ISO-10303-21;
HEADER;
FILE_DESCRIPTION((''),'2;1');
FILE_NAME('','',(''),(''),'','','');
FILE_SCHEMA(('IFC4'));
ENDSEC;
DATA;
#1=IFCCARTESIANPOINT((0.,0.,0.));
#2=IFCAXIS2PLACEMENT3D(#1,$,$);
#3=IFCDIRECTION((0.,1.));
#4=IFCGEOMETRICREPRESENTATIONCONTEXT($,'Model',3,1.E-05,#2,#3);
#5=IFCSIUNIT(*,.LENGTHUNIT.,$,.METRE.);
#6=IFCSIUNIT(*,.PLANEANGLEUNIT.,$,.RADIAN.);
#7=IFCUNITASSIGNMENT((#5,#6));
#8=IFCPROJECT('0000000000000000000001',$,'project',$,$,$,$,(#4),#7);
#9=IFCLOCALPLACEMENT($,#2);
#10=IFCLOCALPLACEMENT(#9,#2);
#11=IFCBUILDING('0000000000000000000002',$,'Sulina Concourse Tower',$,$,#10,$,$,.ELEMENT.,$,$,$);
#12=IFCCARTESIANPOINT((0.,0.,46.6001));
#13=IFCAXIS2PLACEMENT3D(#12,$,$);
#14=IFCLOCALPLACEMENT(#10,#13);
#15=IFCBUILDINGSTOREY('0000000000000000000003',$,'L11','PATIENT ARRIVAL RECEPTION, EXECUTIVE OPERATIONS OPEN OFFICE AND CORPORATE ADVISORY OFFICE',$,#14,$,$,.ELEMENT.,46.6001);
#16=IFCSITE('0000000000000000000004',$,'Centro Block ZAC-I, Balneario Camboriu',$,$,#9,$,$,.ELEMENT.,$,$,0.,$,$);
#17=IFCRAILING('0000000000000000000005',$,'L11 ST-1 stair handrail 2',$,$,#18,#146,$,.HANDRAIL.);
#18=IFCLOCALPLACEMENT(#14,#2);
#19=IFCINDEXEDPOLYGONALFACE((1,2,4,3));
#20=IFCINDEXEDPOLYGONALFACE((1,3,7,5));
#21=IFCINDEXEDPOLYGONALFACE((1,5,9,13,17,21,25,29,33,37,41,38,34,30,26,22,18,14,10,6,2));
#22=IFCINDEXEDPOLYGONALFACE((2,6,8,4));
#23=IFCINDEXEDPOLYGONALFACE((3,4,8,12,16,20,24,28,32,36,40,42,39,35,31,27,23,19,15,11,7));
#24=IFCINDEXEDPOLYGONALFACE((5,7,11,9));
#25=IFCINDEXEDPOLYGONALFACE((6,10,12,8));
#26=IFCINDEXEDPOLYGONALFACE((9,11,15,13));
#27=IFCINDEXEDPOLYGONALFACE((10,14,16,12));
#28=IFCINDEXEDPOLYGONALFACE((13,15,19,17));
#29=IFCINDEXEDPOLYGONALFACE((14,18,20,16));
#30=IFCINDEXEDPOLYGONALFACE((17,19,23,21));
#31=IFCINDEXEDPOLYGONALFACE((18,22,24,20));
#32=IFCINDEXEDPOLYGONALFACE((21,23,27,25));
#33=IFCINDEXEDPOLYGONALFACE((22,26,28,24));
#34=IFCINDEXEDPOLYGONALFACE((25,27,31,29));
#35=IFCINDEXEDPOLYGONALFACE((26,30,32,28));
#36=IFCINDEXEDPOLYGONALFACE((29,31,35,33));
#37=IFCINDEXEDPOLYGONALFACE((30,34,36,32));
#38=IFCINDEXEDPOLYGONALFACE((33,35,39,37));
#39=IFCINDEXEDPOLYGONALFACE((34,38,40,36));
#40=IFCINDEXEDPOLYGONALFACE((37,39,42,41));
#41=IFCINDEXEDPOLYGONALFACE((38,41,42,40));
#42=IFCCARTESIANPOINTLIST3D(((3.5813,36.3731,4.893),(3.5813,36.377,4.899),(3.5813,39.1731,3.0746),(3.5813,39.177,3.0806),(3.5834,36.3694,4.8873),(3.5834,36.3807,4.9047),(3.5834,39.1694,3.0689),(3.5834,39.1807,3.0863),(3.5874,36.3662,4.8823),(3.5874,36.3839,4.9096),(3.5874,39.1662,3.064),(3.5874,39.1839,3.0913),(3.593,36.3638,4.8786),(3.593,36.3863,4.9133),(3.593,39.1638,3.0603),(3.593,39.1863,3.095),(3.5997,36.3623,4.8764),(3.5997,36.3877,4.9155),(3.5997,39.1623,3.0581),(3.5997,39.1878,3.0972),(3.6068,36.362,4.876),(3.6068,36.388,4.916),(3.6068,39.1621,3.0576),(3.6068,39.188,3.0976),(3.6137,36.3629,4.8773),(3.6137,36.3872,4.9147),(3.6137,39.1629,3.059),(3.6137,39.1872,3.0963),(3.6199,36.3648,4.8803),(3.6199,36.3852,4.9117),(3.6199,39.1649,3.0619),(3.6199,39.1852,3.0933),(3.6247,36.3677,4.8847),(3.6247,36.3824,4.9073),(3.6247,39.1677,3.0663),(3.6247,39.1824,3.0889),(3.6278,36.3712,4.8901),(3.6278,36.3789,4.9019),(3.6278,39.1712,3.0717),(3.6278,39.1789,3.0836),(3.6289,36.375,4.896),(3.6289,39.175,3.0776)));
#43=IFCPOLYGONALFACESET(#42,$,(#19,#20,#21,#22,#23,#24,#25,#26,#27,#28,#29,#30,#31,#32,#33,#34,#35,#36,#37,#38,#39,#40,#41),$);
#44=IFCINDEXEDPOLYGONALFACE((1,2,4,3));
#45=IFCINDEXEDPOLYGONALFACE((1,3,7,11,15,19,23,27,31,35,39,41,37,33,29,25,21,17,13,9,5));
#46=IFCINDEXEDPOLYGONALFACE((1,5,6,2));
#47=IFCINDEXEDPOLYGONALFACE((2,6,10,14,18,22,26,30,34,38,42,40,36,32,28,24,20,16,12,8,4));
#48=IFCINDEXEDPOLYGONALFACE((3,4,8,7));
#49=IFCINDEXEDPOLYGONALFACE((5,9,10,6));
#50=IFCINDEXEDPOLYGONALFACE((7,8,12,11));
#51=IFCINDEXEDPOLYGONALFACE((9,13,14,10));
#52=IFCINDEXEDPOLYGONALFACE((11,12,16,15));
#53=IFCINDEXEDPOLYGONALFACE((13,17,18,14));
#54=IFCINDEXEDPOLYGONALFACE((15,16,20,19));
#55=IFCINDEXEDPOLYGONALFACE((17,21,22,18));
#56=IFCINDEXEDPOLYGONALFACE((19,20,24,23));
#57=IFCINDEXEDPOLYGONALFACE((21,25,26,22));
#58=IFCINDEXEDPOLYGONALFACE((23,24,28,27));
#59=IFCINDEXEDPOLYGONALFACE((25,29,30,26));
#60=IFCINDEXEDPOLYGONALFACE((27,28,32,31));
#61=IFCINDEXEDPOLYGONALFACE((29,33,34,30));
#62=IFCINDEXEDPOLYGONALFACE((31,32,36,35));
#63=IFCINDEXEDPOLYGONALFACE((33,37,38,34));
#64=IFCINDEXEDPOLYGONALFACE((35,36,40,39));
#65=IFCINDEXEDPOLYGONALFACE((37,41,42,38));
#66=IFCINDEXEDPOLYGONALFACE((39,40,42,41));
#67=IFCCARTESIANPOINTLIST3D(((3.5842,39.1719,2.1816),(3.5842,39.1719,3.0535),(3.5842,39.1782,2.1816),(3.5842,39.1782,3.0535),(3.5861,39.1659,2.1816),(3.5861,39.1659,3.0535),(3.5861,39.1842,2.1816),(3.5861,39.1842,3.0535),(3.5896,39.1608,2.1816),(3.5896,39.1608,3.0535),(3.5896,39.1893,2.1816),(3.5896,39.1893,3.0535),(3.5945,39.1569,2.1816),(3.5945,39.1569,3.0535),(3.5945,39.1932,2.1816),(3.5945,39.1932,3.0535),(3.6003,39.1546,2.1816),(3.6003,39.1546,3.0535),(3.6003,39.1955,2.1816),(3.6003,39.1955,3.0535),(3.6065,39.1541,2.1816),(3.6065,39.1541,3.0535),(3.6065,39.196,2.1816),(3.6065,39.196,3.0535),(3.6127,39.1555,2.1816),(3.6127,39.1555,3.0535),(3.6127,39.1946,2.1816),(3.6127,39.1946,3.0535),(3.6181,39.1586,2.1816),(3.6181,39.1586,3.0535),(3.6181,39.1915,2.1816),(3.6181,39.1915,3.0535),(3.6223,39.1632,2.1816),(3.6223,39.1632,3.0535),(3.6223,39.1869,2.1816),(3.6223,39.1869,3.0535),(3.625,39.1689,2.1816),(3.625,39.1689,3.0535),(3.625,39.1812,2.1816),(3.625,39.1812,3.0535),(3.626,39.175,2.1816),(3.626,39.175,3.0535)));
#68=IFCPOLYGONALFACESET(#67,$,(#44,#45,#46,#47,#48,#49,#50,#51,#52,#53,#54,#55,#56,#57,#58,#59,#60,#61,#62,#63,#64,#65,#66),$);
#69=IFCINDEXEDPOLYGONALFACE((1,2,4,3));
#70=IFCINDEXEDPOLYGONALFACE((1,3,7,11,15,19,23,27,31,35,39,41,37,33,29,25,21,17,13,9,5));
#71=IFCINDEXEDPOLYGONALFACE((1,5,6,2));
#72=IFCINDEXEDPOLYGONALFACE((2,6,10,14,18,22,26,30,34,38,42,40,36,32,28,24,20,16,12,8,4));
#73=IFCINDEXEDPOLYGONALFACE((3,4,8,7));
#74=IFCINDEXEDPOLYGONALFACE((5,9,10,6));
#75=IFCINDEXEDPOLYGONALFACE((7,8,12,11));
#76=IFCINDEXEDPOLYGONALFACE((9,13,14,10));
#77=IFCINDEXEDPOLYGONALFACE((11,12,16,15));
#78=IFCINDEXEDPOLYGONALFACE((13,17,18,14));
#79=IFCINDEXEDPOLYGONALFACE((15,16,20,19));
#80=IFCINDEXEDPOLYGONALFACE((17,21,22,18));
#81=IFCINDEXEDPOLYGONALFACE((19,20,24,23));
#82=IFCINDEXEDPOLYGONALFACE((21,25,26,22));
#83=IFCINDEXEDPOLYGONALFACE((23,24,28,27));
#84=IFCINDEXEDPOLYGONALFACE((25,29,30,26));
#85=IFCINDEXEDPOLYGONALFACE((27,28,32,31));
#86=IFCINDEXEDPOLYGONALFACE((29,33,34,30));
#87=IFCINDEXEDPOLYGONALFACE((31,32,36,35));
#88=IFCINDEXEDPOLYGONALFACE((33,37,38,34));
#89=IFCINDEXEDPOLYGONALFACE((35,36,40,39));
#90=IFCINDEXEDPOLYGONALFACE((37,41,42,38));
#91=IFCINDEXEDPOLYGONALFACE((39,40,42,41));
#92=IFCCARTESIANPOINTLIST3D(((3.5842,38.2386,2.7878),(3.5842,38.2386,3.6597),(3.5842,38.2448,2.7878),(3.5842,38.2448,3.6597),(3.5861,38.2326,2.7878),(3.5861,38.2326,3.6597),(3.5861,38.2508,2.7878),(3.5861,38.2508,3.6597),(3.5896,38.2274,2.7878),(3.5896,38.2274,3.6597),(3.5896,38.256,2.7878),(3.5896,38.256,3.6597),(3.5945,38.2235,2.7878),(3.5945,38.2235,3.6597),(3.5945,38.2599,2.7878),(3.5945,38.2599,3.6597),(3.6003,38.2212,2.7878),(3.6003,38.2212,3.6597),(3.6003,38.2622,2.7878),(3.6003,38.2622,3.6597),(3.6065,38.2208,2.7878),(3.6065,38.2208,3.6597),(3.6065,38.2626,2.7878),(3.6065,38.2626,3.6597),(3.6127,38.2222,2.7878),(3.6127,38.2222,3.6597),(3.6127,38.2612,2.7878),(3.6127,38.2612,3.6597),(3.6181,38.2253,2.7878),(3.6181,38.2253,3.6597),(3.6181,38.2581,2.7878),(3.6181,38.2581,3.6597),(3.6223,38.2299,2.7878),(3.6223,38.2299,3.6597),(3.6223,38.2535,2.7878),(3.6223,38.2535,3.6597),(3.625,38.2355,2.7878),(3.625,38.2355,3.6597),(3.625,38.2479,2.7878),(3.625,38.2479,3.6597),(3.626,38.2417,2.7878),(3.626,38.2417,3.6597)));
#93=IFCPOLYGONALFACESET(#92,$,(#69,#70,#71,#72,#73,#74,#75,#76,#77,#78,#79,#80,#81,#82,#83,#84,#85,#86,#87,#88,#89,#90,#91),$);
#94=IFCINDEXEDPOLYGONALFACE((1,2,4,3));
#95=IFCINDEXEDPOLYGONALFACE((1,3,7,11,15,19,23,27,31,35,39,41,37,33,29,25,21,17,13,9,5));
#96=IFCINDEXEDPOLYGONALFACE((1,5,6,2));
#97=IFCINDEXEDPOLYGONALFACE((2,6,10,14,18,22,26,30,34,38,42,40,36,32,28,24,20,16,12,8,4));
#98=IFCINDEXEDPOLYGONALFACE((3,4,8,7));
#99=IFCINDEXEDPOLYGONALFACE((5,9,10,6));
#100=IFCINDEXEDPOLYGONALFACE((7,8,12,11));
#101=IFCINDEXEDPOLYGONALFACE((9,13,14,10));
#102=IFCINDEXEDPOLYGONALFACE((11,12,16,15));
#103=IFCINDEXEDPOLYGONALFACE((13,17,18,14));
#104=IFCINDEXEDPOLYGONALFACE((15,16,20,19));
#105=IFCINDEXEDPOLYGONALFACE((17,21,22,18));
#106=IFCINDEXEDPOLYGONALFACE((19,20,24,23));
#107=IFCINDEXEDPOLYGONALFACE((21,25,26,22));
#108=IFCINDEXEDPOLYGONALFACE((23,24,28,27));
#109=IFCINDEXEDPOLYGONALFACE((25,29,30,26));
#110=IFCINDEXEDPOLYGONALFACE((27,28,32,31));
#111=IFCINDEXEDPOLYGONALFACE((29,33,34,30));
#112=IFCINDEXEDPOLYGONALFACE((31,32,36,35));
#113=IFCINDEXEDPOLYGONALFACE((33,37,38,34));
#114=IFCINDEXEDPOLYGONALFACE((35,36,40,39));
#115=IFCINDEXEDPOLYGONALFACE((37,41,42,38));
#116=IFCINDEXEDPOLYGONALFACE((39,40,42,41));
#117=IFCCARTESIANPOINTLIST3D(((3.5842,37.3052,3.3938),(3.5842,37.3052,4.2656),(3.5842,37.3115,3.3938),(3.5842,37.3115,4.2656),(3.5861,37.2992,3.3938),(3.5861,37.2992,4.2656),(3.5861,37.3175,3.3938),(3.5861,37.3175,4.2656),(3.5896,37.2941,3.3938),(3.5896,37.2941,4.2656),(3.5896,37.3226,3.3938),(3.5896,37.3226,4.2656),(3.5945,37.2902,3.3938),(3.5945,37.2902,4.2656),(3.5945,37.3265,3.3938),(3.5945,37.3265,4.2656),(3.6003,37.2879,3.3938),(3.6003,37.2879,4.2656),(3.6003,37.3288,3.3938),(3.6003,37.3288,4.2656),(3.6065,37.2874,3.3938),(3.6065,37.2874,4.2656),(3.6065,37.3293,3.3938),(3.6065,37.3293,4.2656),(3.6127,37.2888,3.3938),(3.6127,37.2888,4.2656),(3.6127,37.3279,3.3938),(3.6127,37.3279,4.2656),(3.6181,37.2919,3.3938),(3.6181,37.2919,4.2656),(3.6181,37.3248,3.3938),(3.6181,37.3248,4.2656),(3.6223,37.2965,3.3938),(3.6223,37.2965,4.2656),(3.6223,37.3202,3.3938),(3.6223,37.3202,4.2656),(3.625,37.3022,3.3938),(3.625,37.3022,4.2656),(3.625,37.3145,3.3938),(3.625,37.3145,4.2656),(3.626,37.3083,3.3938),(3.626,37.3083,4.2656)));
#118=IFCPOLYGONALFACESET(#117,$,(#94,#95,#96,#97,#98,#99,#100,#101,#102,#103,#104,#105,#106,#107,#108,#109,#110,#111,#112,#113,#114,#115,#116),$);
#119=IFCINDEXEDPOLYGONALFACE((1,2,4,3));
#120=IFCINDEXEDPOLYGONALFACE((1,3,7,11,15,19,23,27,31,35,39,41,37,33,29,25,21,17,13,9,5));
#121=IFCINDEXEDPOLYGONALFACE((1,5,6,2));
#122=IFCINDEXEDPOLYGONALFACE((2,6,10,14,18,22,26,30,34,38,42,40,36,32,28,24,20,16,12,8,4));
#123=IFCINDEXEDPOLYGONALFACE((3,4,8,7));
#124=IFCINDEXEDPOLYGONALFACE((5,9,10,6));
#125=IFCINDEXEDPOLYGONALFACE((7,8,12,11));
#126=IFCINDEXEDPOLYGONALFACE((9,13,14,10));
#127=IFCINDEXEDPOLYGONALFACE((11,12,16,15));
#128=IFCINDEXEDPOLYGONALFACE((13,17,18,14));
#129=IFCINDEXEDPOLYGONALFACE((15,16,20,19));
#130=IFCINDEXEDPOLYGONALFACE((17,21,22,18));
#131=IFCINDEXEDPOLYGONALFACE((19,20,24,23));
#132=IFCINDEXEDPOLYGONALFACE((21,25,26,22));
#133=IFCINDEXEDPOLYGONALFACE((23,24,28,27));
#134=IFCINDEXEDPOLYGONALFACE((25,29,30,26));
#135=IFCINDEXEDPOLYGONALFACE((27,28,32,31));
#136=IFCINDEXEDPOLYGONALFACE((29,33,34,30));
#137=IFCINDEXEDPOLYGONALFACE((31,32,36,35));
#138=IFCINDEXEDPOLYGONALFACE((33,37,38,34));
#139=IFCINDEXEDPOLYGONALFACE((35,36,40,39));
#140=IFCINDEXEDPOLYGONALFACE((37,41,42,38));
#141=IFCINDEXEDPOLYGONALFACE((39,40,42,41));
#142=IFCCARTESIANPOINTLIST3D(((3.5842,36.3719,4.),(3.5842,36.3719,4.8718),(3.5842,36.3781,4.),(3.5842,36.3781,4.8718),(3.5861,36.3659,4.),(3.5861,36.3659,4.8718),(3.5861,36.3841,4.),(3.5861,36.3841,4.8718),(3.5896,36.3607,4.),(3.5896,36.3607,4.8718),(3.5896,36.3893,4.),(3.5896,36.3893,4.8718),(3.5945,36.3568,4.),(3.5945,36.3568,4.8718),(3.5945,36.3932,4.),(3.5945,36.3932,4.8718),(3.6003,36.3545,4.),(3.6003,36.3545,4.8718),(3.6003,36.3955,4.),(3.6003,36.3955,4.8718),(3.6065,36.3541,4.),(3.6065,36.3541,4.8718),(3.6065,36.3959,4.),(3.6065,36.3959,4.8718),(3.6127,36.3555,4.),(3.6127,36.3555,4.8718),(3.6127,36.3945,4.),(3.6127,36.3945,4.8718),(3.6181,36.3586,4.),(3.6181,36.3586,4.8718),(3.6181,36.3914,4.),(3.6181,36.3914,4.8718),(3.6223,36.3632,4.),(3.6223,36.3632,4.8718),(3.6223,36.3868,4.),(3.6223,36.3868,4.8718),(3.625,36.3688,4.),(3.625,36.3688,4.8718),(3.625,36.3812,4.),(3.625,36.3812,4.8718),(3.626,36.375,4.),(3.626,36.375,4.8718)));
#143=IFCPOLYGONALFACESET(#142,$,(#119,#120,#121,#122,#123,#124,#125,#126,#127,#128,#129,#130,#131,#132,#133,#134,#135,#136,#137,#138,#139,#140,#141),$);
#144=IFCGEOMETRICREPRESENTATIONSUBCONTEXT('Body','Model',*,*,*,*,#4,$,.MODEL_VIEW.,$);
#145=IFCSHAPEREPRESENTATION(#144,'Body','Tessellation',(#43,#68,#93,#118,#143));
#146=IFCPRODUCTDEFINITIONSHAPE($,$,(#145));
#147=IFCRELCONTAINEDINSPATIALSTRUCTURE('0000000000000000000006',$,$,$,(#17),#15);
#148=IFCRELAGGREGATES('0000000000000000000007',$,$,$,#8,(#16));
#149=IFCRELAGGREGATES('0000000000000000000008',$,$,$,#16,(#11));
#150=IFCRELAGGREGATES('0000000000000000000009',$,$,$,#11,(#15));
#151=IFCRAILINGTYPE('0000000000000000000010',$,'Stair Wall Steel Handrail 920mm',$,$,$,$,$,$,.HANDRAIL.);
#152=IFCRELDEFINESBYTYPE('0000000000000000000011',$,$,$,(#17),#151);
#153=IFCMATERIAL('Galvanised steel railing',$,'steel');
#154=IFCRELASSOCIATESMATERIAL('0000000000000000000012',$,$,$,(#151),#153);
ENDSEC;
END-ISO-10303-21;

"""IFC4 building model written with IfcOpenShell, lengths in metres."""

from ifc_helpers import new_model, si_unit, direction, frame, origin, origin_2d, place, context, subcontext, project, spatial, circle, extrude, material, type_object, element, save


model = new_model("IFC4")

# Units and contexts
model_context = context("Model", 3, precision=1e-05, world=origin(), true_north=direction((0.0, 1.0)))
body_context = subcontext(model_context, "Body", "Model", "MODEL_VIEW")
ifc_project = project(units=[si_unit("LENGTHUNIT", "METRE"), si_unit("PLANEANGLEUNIT", "RADIAN")], contexts=[model_context])

# Site, building, storey
site_placement = place(None, origin())
site = spatial("IfcSite", under=ifc_project, at=site_placement, Name="Centro Block ZAC-I, Balneario Camboriu", CompositionType="ELEMENT", RefElevation=0.0)
building_placement = place(site_placement, origin())
building = spatial("IfcBuilding", under=site, at=building_placement, Name="Sulina Concourse Tower", CompositionType="ELEMENT")
storey_placement = place(building_placement, frame((0.0, 0.0, 46.6001)))
storey = spatial("IfcBuildingStorey", under=building, at=storey_placement, Name="L11", Description="PATIENT ARRIVAL RECEPTION, EXECUTIVE OPERATIONS OPEN OFFICE AND CORPORATE ADVISORY OFFICE", CompositionType="ELEMENT", Elevation=46.6001)

# Railing
ifc_material_1 = material(Name="Galvanised steel railing", Category="steel")
railing_type_1 = type_object("IfcRailingType", Name="Stair Wall Steel Handrail 920mm", PredefinedType="HANDRAIL", material=ifc_material_1)
railing_1_placement = place(storey_placement, frame((3.605, 39.175, 2.1816)))
element("IfcRailing", 1, at=railing_1_placement, inside=storey, type_object=railing_type_1, Name="L11 ST-1 stair handrail 2", PredefinedType="HANDRAIL", context=body_context, shape_type="SweptSolid", body=[
    extrude(circle(Radius=0.0239, at=origin_2d()), frame((0.0, 0.0, 0.896), z_axis=(0.0, -0.838672, 0.544636), x_axis=(1.0, 0.0, 0.0)), (0.0, 0.0, 1.0), 3.3386),
    extrude(circle(Radius=0.021, at=origin_2d()), origin(), (0.0, 0.0, 1.0), 0.8718),
    extrude(circle(Radius=0.021, at=origin_2d()), frame((0.0, -0.9333, 0.6062)), (0.0, 0.0, 1.0), 0.8718),
    extrude(circle(Radius=0.021, at=origin_2d()), frame((0.0, -1.8667, 1.2122)), (0.0, 0.0, 1.0), 0.8718),
    extrude(circle(Radius=0.021, at=origin_2d()), frame((0.0, -2.8, 1.8184)), (0.0, 0.0, 1.0), 0.8718),
])

save(model, "model.ifc")
